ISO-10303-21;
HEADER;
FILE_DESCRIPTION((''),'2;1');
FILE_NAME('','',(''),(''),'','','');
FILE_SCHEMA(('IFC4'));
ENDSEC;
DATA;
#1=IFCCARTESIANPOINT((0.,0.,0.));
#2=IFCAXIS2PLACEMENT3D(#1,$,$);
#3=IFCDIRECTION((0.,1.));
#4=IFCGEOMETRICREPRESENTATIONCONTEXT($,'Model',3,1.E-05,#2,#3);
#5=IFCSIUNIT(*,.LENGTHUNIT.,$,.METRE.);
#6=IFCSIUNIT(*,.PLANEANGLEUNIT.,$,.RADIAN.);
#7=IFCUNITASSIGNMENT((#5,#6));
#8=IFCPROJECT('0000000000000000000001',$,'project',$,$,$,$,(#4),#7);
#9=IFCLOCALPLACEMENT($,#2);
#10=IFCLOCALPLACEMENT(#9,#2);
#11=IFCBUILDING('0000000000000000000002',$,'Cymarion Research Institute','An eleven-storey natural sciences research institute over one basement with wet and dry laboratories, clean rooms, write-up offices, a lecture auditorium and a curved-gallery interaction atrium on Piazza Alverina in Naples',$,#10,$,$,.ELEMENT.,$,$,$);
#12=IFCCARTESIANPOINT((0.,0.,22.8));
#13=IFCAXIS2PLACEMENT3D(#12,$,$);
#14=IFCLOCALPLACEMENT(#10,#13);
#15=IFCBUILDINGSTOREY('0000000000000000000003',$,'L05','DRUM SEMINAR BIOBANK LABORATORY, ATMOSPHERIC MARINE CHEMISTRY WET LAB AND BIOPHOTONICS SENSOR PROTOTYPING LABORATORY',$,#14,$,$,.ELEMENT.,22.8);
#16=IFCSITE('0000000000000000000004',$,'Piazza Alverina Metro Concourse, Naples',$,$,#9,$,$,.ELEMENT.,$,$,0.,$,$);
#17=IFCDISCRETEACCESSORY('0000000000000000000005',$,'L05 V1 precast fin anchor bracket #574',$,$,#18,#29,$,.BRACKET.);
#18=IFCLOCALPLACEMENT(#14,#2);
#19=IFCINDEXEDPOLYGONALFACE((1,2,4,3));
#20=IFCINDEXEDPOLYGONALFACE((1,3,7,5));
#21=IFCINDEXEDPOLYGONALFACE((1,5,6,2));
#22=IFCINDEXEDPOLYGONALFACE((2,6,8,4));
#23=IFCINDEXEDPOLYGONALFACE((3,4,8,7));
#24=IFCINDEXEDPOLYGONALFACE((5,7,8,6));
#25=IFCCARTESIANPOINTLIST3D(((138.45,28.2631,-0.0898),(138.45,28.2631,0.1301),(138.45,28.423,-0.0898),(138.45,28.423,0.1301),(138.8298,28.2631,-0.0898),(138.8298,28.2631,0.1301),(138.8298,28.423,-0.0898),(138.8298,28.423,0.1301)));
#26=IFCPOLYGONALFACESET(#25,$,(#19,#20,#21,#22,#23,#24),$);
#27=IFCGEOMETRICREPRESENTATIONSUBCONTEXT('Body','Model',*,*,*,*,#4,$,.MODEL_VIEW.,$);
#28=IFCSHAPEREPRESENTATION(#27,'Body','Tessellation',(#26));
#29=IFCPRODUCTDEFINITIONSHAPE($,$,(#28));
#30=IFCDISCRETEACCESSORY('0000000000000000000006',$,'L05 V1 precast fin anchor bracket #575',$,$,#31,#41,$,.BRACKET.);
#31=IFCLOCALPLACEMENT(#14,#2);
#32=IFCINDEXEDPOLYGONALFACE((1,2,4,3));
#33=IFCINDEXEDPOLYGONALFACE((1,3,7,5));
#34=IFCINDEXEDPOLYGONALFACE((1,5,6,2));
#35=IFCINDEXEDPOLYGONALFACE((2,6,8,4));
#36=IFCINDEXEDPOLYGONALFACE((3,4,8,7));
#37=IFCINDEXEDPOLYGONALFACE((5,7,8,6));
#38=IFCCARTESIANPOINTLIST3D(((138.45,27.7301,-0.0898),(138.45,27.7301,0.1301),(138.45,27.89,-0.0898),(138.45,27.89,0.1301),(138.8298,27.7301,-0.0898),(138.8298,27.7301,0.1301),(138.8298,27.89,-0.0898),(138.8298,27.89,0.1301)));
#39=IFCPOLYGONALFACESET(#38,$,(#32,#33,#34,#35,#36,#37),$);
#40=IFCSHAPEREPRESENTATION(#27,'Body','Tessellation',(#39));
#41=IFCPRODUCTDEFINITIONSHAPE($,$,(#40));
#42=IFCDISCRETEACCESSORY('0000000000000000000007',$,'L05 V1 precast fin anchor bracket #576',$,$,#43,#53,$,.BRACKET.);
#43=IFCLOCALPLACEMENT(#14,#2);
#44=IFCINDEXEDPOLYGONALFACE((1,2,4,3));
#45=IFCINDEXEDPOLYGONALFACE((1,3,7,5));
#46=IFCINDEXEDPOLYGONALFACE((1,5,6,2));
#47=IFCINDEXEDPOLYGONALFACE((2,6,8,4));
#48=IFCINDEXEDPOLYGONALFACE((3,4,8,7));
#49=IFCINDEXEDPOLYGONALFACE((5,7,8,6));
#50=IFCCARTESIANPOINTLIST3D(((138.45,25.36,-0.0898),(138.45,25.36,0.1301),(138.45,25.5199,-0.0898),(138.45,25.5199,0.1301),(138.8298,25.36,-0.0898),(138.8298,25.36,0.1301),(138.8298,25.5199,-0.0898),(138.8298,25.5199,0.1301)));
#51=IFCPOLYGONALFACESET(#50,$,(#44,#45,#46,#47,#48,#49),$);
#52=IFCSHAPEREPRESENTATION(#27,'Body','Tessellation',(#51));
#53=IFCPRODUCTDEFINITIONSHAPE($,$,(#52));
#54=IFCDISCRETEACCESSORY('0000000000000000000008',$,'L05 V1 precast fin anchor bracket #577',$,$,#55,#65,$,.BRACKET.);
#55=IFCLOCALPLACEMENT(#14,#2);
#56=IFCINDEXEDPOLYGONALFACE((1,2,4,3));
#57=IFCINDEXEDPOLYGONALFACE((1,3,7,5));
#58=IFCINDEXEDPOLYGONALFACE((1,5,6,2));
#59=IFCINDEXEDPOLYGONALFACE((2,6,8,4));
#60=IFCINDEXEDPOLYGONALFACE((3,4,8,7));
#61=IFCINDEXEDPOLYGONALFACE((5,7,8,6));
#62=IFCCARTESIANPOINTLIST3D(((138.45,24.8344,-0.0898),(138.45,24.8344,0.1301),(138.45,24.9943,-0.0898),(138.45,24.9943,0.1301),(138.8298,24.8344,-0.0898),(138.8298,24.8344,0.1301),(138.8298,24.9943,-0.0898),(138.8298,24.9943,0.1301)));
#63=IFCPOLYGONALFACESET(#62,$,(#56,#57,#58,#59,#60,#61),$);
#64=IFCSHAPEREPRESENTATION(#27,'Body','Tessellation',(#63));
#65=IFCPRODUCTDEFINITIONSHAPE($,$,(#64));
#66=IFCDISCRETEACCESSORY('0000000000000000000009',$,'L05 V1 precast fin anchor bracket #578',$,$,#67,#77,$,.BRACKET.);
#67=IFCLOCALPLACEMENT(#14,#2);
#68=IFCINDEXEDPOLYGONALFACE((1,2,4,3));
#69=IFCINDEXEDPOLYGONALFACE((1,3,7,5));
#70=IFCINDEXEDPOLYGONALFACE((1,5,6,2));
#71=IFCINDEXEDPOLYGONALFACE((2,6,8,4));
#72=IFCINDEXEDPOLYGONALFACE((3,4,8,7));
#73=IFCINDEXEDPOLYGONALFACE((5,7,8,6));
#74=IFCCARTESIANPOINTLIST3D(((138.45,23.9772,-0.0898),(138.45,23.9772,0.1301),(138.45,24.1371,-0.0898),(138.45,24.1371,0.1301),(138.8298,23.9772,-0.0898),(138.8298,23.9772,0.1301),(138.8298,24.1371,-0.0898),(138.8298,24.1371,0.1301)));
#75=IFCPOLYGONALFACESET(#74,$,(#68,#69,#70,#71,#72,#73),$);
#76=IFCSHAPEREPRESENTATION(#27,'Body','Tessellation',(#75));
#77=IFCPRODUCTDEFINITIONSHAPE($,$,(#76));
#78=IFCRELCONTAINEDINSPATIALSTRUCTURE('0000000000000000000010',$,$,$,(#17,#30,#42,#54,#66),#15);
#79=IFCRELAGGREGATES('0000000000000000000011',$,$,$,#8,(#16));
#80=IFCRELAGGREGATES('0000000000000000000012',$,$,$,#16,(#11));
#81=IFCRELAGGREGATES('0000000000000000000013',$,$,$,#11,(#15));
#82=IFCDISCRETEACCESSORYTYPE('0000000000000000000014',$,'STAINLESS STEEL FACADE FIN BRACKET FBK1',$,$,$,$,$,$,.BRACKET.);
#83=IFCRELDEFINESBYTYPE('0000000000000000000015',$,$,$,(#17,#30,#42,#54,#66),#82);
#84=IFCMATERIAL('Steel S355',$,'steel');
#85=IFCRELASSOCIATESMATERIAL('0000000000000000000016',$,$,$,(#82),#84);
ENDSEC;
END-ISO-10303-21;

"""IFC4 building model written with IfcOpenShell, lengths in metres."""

from ifc_helpers import new_model, si_unit, direction, frame, origin, origin_2d, place, context, subcontext, project, spatial, rectangle, extrude, material, type_object, element, save


model = new_model("IFC4")

# Units and contexts
model_context = context("Model", 3, precision=1e-05, world=origin(), true_north=direction((0.0, 1.0)))
body_context = subcontext(model_context, "Body", "Model", "MODEL_VIEW")
ifc_project = project(units=[si_unit("LENGTHUNIT", "METRE"), si_unit("PLANEANGLEUNIT", "RADIAN")], contexts=[model_context])

# Site, building, storey
site_placement = place(None, origin())
site = spatial("IfcSite", under=ifc_project, at=site_placement, Name="Piazza Alverina Metro Concourse, Naples", CompositionType="ELEMENT", RefElevation=0.0)
building_placement = place(site_placement, origin())
building = spatial("IfcBuilding", under=site, at=building_placement, Name="Cymarion Research Institute", Description="An eleven-storey natural sciences research institute over one basement with wet and dry laboratories, clean rooms, write-up offices, a lecture auditorium and a curved-gallery interaction atrium on Piazza Alverina in Naples", CompositionType="ELEMENT")
storey_placement = place(building_placement, frame((0.0, 0.0, 22.8)))
storey = spatial("IfcBuildingStorey", under=building, at=storey_placement, Name="L05", Description="DRUM SEMINAR BIOBANK LABORATORY, ATMOSPHERIC MARINE CHEMISTRY WET LAB AND BIOPHOTONICS SENSOR PROTOTYPING LABORATORY", CompositionType="ELEMENT", Elevation=22.8)

# Shared definitions
ifc_material_1 = material(Name="Steel S355", Category="steel")

# Discrete accessories
discrete_accessory_type = type_object("IfcDiscreteAccessoryType", Name="STAINLESS STEEL FACADE FIN BRACKET FBK1", PredefinedType="BRACKET", material=ifc_material_1)
for number, where, z_axis, x_axis, name in (
    (1, (138.6399, 28.343, -0.0898), (0.0, 0.0, 1.0), (-1.0, 0.0, 0.0), "L05 V1 precast fin anchor bracket #574"),
    (2, (138.6399, 27.8101, -0.0898), (0.0, 0.0, 1.0), (-1.0, 0.0, 0.0), "L05 V1 precast fin anchor bracket #575"),
    (3, (138.6399, 25.4399, -0.0898), (0.0, 0.0, 1.0), (-1.0, 0.0, 0.0), "L05 V1 precast fin anchor bracket #576"),
    (4, (138.6399, 24.9143, -0.0898), (0.0, 0.0, 1.0), (-1.0, 0.0, 0.0), "L05 V1 precast fin anchor bracket #577"),
    (5, (138.6399, 24.0571, -0.0898), (0.0, 0.0, 1.0), (-1.0, 0.0, 0.0), "L05 V1 precast fin anchor bracket #578"),
):
    element("IfcDiscreteAccessory", number, at=place(storey_placement, frame(where, z_axis=z_axis, x_axis=x_axis)), inside=storey, type_object=discrete_accessory_type, Name=name, PredefinedType="BRACKET", context=body_context, shape_type="SweptSolid", body=[
        extrude(rectangle(XDim=0.3799, YDim=0.1599, at=origin_2d()), origin(), (0.0, 0.0, 1.0), 0.22),
    ])

save(model, "model.ifc")
